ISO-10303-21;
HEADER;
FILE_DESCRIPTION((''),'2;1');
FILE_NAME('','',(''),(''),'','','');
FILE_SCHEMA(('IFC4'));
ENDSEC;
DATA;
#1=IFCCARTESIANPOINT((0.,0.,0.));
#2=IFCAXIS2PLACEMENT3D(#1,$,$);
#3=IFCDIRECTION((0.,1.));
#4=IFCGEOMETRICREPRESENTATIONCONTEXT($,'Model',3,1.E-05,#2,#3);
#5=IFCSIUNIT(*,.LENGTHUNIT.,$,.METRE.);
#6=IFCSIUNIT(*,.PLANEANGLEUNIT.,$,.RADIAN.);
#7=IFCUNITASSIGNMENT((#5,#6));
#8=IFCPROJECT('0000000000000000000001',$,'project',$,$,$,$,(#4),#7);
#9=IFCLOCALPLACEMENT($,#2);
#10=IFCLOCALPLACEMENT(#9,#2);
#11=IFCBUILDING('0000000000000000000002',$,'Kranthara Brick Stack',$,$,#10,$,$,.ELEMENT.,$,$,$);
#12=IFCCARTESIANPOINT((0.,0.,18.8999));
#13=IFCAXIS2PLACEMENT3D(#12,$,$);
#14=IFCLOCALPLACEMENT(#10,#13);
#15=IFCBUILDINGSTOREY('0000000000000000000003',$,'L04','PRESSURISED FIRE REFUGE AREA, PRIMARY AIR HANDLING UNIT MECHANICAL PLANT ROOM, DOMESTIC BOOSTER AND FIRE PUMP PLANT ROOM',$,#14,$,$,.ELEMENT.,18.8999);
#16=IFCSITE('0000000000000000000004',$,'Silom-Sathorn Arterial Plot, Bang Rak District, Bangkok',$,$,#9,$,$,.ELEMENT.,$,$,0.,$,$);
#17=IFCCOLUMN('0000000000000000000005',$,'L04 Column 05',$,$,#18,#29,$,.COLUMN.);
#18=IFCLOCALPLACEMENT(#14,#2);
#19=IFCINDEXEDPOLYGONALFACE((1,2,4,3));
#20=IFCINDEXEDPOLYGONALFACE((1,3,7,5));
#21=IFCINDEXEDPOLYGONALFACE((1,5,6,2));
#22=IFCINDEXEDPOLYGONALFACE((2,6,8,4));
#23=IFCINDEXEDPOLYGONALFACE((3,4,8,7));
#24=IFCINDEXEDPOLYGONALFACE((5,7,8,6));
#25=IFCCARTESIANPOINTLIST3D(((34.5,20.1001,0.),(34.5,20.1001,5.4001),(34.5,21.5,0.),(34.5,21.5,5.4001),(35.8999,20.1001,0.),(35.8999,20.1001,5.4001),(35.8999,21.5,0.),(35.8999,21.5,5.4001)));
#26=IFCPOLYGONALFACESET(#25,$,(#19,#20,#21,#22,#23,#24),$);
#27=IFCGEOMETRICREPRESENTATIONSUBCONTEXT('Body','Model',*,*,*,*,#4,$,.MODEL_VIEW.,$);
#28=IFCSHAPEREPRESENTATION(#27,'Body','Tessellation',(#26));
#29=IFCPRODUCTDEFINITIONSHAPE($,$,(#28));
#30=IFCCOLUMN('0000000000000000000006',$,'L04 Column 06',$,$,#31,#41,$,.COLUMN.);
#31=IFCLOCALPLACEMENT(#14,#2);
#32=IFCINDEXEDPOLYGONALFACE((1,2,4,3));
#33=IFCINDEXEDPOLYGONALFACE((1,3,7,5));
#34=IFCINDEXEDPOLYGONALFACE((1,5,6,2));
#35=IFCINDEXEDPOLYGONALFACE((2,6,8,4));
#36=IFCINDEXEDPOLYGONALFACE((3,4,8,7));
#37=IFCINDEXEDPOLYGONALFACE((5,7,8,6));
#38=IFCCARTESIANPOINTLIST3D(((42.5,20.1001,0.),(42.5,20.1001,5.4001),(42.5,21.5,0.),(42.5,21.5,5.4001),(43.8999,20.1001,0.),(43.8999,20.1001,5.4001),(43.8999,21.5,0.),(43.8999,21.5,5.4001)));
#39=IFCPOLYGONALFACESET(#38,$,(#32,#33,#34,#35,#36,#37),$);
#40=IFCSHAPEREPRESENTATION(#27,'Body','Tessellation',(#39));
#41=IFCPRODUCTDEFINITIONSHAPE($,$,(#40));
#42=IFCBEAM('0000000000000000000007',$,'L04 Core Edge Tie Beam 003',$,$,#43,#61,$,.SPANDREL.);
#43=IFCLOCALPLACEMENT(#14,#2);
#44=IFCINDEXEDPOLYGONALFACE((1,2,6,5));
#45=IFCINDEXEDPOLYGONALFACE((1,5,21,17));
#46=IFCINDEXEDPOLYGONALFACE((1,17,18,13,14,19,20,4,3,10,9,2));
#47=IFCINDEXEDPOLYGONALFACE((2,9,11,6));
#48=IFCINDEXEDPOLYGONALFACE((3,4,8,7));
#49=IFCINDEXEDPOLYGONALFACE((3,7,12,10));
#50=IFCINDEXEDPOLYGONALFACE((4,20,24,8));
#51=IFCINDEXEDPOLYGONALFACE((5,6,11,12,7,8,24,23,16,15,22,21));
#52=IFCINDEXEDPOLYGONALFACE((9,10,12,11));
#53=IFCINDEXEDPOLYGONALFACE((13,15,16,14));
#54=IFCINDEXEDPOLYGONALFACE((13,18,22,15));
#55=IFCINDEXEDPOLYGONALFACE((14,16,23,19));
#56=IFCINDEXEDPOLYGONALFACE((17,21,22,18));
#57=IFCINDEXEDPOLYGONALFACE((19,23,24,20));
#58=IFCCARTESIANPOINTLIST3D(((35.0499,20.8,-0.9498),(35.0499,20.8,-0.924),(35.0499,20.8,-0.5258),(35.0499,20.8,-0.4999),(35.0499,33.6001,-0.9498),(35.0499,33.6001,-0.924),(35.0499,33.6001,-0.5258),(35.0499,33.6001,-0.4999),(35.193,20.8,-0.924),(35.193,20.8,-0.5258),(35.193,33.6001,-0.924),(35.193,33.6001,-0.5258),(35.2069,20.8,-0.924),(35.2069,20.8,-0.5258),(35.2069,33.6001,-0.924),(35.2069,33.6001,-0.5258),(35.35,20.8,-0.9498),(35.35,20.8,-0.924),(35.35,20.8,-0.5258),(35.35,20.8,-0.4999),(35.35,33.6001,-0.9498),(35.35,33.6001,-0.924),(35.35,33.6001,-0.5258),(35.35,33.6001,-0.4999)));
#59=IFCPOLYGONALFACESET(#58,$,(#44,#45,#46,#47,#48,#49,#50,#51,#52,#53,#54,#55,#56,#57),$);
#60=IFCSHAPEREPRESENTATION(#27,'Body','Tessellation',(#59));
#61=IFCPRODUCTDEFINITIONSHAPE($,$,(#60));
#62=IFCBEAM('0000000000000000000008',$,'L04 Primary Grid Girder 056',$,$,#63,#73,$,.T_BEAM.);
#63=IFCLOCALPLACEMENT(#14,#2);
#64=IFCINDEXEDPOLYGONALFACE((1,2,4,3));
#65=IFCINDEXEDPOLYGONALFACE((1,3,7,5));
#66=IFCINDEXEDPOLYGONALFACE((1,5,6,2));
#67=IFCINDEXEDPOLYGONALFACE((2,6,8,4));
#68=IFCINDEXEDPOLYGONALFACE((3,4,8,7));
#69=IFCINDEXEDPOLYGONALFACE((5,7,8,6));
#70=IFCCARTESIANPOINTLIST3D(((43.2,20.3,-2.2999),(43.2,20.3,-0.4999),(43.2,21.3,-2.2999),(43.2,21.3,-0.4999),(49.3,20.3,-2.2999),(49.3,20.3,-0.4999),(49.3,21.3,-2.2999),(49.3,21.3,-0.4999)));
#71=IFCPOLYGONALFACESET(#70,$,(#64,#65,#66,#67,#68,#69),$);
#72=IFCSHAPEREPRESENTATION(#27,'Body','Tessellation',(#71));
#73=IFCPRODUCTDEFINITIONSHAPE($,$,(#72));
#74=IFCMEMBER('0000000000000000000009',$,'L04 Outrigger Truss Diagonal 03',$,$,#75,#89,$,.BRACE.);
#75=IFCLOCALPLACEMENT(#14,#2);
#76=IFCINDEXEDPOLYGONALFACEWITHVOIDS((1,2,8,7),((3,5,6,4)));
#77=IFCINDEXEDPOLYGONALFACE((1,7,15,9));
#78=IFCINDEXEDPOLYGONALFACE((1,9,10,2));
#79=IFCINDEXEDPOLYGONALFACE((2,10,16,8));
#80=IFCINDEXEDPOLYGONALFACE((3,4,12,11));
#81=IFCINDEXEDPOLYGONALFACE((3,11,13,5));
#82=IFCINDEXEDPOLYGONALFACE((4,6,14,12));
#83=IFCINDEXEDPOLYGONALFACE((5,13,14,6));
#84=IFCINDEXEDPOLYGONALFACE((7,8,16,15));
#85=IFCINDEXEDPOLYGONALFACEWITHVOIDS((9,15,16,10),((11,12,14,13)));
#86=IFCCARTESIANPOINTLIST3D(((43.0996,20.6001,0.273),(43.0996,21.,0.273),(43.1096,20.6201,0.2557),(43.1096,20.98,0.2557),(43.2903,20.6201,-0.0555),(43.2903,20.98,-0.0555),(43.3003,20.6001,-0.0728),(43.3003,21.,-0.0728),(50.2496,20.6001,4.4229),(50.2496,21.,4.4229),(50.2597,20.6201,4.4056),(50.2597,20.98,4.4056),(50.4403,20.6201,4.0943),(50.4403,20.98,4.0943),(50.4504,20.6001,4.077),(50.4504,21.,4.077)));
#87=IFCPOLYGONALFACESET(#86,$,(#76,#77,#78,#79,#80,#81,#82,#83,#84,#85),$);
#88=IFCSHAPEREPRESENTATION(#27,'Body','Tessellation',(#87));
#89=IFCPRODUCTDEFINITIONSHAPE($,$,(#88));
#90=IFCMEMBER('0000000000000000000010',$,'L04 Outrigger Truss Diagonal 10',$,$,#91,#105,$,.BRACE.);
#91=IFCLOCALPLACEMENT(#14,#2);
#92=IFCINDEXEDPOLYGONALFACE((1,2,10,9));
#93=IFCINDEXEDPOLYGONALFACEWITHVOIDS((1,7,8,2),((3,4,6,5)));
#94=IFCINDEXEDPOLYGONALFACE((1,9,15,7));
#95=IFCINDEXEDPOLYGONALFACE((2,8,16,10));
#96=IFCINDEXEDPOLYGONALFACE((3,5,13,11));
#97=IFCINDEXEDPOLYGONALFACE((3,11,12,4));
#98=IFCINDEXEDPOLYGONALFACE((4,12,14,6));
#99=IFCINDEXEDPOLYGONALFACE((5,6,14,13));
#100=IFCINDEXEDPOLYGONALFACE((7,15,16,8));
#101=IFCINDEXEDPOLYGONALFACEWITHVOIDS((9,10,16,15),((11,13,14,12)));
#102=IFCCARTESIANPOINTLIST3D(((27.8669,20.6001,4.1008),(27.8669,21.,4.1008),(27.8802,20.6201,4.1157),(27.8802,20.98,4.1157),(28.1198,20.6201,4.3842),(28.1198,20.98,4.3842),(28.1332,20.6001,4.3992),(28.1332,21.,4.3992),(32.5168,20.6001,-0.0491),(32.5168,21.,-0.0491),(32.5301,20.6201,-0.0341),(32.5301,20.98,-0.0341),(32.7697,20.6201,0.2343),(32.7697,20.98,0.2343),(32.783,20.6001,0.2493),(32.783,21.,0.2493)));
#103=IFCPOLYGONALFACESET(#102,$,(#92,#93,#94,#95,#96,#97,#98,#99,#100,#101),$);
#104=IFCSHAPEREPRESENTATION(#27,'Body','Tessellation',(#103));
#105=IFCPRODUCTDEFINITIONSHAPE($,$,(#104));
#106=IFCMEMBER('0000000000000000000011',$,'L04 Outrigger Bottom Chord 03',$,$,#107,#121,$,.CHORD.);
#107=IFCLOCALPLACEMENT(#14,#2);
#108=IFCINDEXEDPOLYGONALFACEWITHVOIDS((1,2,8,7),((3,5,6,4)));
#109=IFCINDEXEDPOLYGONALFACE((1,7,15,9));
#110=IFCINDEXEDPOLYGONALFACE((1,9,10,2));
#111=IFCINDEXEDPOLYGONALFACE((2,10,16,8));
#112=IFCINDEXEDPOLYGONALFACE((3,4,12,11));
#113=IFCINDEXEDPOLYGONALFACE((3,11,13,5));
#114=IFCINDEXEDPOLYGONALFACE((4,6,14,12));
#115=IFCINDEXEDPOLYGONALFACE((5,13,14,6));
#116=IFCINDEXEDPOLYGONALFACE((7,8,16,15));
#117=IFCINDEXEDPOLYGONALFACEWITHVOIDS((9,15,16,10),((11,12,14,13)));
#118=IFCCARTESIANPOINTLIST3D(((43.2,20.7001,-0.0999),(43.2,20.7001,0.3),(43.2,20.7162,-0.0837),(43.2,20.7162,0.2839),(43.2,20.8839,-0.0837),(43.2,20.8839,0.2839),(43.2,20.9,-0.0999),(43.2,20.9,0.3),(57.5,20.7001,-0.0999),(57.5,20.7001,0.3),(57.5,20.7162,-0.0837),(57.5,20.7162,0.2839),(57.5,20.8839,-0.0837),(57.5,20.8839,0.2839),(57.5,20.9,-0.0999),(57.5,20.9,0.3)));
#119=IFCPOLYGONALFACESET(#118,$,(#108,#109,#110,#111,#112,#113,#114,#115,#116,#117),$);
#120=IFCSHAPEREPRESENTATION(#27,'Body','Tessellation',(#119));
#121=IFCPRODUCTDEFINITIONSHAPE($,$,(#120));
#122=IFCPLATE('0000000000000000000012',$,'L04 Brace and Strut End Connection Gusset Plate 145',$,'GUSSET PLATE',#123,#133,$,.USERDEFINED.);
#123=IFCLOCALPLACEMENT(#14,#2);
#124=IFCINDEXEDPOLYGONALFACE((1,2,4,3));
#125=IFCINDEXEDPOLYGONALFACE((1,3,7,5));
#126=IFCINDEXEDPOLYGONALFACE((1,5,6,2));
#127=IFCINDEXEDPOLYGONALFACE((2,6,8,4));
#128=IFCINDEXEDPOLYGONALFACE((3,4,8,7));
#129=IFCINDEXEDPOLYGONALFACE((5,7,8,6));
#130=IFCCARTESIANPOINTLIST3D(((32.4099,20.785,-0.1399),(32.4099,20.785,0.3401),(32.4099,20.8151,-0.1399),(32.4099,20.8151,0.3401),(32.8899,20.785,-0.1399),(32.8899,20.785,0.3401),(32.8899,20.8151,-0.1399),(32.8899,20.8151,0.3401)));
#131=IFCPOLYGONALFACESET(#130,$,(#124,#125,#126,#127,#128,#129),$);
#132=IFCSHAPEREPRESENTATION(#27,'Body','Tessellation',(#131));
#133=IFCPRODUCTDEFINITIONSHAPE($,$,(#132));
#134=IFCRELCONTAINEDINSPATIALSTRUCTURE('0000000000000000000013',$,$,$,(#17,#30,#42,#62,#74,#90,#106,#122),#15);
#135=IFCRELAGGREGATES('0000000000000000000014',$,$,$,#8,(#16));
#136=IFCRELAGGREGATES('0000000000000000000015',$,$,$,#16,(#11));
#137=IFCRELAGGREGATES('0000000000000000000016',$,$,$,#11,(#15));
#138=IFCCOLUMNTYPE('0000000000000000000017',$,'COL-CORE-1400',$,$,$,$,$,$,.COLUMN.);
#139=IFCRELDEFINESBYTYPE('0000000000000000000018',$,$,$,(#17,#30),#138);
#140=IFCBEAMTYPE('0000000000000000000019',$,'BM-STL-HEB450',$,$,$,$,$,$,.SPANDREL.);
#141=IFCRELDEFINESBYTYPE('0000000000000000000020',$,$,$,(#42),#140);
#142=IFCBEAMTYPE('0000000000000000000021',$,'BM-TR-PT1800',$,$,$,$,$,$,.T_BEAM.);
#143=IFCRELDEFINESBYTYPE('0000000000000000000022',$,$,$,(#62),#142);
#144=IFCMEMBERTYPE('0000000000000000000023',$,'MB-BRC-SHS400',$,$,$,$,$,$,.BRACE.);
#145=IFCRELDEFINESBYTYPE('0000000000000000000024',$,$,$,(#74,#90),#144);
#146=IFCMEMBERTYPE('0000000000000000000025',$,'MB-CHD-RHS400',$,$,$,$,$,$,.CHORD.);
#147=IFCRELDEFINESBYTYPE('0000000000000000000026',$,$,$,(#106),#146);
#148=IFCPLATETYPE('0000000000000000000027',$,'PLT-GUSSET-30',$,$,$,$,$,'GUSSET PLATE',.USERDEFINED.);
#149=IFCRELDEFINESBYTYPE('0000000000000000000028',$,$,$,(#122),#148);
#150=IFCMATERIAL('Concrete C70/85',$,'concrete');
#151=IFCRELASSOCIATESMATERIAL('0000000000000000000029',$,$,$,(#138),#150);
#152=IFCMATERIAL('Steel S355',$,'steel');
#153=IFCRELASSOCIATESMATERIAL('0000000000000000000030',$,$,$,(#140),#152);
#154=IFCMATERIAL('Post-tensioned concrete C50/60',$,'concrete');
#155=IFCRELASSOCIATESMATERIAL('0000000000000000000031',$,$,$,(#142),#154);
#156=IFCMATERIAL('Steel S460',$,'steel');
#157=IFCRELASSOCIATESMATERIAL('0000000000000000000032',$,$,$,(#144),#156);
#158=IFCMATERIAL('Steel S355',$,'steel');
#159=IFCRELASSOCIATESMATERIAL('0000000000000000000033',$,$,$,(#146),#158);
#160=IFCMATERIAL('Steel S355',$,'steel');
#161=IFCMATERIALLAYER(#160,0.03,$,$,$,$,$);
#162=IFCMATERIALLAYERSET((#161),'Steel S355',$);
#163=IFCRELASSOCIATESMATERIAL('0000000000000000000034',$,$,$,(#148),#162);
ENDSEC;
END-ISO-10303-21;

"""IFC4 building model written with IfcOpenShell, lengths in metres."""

from ifc_helpers import new_model, si_unit, direction, frame, origin, origin_2d, place, context, subcontext, project, spatial, rectangle, hollow_rectangle, i_section, extrude, material, layer, layer_set, material_profile, profile_set, type_object, element, save


model = new_model("IFC4")

# Units and contexts
model_context = context("Model", 3, precision=1e-05, world=origin(), true_north=direction((0.0, 1.0)))
body_context = subcontext(model_context, "Body", "Model", "MODEL_VIEW")
ifc_project = project(units=[si_unit("LENGTHUNIT", "METRE"), si_unit("PLANEANGLEUNIT", "RADIAN")], contexts=[model_context])

# Site, building, storey
site_placement = place(None, origin())
site = spatial("IfcSite", under=ifc_project, at=site_placement, Name="Silom-Sathorn Arterial Plot, Bang Rak District, Bangkok", CompositionType="ELEMENT", RefElevation=0.0)
building_placement = place(site_placement, origin())
building = spatial("IfcBuilding", under=site, at=building_placement, Name="Kranthara Brick Stack", CompositionType="ELEMENT")
storey_placement = place(building_placement, frame((0.0, 0.0, 18.8999)))
storey = spatial("IfcBuildingStorey", under=building, at=storey_placement, Name="L04", Description="PRESSURISED FIRE REFUGE AREA, PRIMARY AIR HANDLING UNIT MECHANICAL PLANT ROOM, DOMESTIC BOOSTER AND FIRE PUMP PLANT ROOM", CompositionType="ELEMENT", Elevation=18.8999)

# Columns
ifc_material_1 = material(Name="Concrete C70/85", Category="concrete")
ifc_material_profile_1 = material_profile(ifc_material_1, rectangle(XDim=1.3999, YDim=1.3999, at=origin_2d()), Name="RC 1400x1400")
ifc_profile_set_1 = profile_set([ifc_material_profile_1], Name="Concrete C70/85")
column_type = type_object("IfcColumnType", Name="COL-CORE-1400", PredefinedType="COLUMN", material=ifc_profile_set_1)
for number, where, z_axis, x_axis, name in (
    (1, (35.2, 20.8, 0.0), (0.0, 0.0, 1.0), (1.0, 0.0, 0.0), "L04 Column 05"),
    (2, (43.2, 20.8, 0.0), (0.0, 0.0, 1.0), (1.0, 0.0, 0.0), "L04 Column 06"),
):
    element("IfcColumn", number, at=place(storey_placement, frame(where, z_axis=z_axis, x_axis=x_axis)), inside=storey, type_object=column_type, Name=name, PredefinedType="COLUMN", context=body_context, shape_type="SweptSolid", body=[
        extrude(rectangle(XDim=1.3999, YDim=1.3999, at=origin_2d()), origin(), (0.0, 0.0, 1.0), 5.4001),
    ])

# Beams
ifc_material_2 = material(Name="Steel S355", Category="steel")
ifc_material_profile_2 = material_profile(ifc_material_2, i_section(OverallWidth=0.3, OverallDepth=0.45, WebThickness=0.0139, FlangeThickness=0.0259, at=origin_2d()), Name="HEB 450")
ifc_profile_set_2 = profile_set([ifc_material_profile_2], Name="Steel S355")
beam_type_1 = type_object("IfcBeamType", Name="BM-STL-HEB450", PredefinedType="SPANDREL", material=ifc_profile_set_2)
beam_1_placement = place(storey_placement, frame((35.2, 20.8, -0.7249), z_axis=(0.0, 1.0, 0.0), x_axis=(-1.0, 0.0, 0.0)))
element("IfcBeam", 3, at=beam_1_placement, inside=storey, type_object=beam_type_1, Name="L04 Core Edge Tie Beam 003", PredefinedType="SPANDREL", context=body_context, shape_type="SweptSolid", body=[
    extrude(i_section(OverallWidth=0.3, OverallDepth=0.45, WebThickness=0.0139, FlangeThickness=0.0259, at=origin_2d()), origin(), (0.0, 0.0, 1.0), 12.8),
])
ifc_material_3 = material(Name="Post-tensioned concrete C50/60", Category="concrete")
ifc_material_profile_3 = material_profile(ifc_material_3, rectangle(XDim=1.0, YDim=1.8, at=origin_2d()), Name="PT 1000x1800")
ifc_profile_set_3 = profile_set([ifc_material_profile_3], Name="Post-tensioned concrete C50/60")
beam_type_2 = type_object("IfcBeamType", Name="BM-TR-PT1800", PredefinedType="T_BEAM", material=ifc_profile_set_3)
beam_2_placement = place(storey_placement, frame((43.2, 20.8, -1.3999), z_axis=(1.0, 0.0, 0.0), x_axis=(0.0, 1.0, 0.0)))
element("IfcBeam", 4, at=beam_2_placement, inside=storey, type_object=beam_type_2, Name="L04 Primary Grid Girder 056", PredefinedType="T_BEAM", context=body_context, shape_type="SweptSolid", body=[
    extrude(rectangle(XDim=1.0, YDim=1.8, at=origin_2d()), origin(), (0.0, 0.0, 1.0), 6.1001),
])

# Members
ifc_material_4 = material(Name="Steel S460", Category="steel")
ifc_material_profile_4 = material_profile(ifc_material_4, hollow_rectangle(XDim=0.3999, YDim=0.3999, WallThickness=0.02, at=origin_2d()), Name="SHS 400x400x20")
ifc_profile_set_4 = profile_set([ifc_material_profile_4], Name="Steel S460")
member_type_1 = type_object("IfcMemberType", Name="MB-BRC-SHS400", PredefinedType="BRACE", material=ifc_profile_set_4)
member_1_placement = place(storey_placement, frame((43.2, 20.8, 0.1001), z_axis=(0.864883, 0.0, 0.501973), x_axis=(0.0, 1.0, 0.0)))
element("IfcMember", 5, at=member_1_placement, inside=storey, type_object=member_type_1, Name="L04 Outrigger Truss Diagonal 03", PredefinedType="BRACE", context=body_context, shape_type="SweptSolid", body=[
    extrude(hollow_rectangle(XDim=0.3999, YDim=0.3999, WallThickness=0.02, at=origin_2d()), origin(), (0.0, 0.0, 1.0), 8.2671),
])
member_2_placement = place(storey_placement, frame((32.6499, 20.8, 0.1001), z_axis=(-0.746081, 0.0, 0.665855), x_axis=(0.0, -1.0, 0.0)))
element("IfcMember", 6, at=member_2_placement, inside=storey, type_object=member_type_1, Name="L04 Outrigger Truss Diagonal 10", PredefinedType="BRACE", context=body_context, shape_type="SweptSolid", body=[
    extrude(hollow_rectangle(XDim=0.3999, YDim=0.3999, WallThickness=0.02, at=origin_2d()), origin(), (0.0, 0.0, 1.0), 6.2324),
])
ifc_material_5 = material(Name="Steel S355", Category="steel")
ifc_material_profile_5 = material_profile(ifc_material_5, hollow_rectangle(XDim=0.2, YDim=0.3999, WallThickness=0.0161, at=origin_2d()), Name="RHS 200x400x16")
ifc_profile_set_5 = profile_set([ifc_material_profile_5], Name="Steel S355")
member_type_2 = type_object("IfcMemberType", Name="MB-CHD-RHS400", PredefinedType="CHORD", material=ifc_profile_set_5)
member_3_placement = place(storey_placement, frame((43.2, 20.8, 0.1001), z_axis=(1.0, 0.0, 0.0), x_axis=(0.0, 1.0, 0.0)))
element("IfcMember", 7, at=member_3_placement, inside=storey, type_object=member_type_2, Name="L04 Outrigger Bottom Chord 03", PredefinedType="CHORD", context=body_context, shape_type="SweptSolid", body=[
    extrude(hollow_rectangle(XDim=0.2, YDim=0.3999, WallThickness=0.0161, at=origin_2d()), origin(), (0.0, 0.0, 1.0), 14.3),
])

# Plate
ifc_material_6 = material(Name="Steel S355", Category="steel")
ifc_layer_1 = layer(ifc_material_6, 0.03)
ifc_layer_set_1 = layer_set([ifc_layer_1], Name="Steel S355")
plate_type = type_object("IfcPlateType", Name="PLT-GUSSET-30", ElementType="GUSSET PLATE", PredefinedType="USERDEFINED", material=ifc_layer_set_1)
plate_placement = place(storey_placement, frame((32.6499, 20.8, -0.1399), z_axis=(0.0, 0.0, 1.0), x_axis=(1.0, 0.0, 0.0)))
element("IfcPlate", 8, at=plate_placement, inside=storey, type_object=plate_type, Name="L04 Brace and Strut End Connection Gusset Plate 145", ObjectType="GUSSET PLATE", PredefinedType="USERDEFINED", context=body_context, shape_type="SweptSolid", body=[
    extrude(rectangle(XDim=0.48, YDim=0.03, at=origin_2d()), origin(), (0.0, 0.0, 1.0), 0.48),
])

save(model, "model.ifc")
